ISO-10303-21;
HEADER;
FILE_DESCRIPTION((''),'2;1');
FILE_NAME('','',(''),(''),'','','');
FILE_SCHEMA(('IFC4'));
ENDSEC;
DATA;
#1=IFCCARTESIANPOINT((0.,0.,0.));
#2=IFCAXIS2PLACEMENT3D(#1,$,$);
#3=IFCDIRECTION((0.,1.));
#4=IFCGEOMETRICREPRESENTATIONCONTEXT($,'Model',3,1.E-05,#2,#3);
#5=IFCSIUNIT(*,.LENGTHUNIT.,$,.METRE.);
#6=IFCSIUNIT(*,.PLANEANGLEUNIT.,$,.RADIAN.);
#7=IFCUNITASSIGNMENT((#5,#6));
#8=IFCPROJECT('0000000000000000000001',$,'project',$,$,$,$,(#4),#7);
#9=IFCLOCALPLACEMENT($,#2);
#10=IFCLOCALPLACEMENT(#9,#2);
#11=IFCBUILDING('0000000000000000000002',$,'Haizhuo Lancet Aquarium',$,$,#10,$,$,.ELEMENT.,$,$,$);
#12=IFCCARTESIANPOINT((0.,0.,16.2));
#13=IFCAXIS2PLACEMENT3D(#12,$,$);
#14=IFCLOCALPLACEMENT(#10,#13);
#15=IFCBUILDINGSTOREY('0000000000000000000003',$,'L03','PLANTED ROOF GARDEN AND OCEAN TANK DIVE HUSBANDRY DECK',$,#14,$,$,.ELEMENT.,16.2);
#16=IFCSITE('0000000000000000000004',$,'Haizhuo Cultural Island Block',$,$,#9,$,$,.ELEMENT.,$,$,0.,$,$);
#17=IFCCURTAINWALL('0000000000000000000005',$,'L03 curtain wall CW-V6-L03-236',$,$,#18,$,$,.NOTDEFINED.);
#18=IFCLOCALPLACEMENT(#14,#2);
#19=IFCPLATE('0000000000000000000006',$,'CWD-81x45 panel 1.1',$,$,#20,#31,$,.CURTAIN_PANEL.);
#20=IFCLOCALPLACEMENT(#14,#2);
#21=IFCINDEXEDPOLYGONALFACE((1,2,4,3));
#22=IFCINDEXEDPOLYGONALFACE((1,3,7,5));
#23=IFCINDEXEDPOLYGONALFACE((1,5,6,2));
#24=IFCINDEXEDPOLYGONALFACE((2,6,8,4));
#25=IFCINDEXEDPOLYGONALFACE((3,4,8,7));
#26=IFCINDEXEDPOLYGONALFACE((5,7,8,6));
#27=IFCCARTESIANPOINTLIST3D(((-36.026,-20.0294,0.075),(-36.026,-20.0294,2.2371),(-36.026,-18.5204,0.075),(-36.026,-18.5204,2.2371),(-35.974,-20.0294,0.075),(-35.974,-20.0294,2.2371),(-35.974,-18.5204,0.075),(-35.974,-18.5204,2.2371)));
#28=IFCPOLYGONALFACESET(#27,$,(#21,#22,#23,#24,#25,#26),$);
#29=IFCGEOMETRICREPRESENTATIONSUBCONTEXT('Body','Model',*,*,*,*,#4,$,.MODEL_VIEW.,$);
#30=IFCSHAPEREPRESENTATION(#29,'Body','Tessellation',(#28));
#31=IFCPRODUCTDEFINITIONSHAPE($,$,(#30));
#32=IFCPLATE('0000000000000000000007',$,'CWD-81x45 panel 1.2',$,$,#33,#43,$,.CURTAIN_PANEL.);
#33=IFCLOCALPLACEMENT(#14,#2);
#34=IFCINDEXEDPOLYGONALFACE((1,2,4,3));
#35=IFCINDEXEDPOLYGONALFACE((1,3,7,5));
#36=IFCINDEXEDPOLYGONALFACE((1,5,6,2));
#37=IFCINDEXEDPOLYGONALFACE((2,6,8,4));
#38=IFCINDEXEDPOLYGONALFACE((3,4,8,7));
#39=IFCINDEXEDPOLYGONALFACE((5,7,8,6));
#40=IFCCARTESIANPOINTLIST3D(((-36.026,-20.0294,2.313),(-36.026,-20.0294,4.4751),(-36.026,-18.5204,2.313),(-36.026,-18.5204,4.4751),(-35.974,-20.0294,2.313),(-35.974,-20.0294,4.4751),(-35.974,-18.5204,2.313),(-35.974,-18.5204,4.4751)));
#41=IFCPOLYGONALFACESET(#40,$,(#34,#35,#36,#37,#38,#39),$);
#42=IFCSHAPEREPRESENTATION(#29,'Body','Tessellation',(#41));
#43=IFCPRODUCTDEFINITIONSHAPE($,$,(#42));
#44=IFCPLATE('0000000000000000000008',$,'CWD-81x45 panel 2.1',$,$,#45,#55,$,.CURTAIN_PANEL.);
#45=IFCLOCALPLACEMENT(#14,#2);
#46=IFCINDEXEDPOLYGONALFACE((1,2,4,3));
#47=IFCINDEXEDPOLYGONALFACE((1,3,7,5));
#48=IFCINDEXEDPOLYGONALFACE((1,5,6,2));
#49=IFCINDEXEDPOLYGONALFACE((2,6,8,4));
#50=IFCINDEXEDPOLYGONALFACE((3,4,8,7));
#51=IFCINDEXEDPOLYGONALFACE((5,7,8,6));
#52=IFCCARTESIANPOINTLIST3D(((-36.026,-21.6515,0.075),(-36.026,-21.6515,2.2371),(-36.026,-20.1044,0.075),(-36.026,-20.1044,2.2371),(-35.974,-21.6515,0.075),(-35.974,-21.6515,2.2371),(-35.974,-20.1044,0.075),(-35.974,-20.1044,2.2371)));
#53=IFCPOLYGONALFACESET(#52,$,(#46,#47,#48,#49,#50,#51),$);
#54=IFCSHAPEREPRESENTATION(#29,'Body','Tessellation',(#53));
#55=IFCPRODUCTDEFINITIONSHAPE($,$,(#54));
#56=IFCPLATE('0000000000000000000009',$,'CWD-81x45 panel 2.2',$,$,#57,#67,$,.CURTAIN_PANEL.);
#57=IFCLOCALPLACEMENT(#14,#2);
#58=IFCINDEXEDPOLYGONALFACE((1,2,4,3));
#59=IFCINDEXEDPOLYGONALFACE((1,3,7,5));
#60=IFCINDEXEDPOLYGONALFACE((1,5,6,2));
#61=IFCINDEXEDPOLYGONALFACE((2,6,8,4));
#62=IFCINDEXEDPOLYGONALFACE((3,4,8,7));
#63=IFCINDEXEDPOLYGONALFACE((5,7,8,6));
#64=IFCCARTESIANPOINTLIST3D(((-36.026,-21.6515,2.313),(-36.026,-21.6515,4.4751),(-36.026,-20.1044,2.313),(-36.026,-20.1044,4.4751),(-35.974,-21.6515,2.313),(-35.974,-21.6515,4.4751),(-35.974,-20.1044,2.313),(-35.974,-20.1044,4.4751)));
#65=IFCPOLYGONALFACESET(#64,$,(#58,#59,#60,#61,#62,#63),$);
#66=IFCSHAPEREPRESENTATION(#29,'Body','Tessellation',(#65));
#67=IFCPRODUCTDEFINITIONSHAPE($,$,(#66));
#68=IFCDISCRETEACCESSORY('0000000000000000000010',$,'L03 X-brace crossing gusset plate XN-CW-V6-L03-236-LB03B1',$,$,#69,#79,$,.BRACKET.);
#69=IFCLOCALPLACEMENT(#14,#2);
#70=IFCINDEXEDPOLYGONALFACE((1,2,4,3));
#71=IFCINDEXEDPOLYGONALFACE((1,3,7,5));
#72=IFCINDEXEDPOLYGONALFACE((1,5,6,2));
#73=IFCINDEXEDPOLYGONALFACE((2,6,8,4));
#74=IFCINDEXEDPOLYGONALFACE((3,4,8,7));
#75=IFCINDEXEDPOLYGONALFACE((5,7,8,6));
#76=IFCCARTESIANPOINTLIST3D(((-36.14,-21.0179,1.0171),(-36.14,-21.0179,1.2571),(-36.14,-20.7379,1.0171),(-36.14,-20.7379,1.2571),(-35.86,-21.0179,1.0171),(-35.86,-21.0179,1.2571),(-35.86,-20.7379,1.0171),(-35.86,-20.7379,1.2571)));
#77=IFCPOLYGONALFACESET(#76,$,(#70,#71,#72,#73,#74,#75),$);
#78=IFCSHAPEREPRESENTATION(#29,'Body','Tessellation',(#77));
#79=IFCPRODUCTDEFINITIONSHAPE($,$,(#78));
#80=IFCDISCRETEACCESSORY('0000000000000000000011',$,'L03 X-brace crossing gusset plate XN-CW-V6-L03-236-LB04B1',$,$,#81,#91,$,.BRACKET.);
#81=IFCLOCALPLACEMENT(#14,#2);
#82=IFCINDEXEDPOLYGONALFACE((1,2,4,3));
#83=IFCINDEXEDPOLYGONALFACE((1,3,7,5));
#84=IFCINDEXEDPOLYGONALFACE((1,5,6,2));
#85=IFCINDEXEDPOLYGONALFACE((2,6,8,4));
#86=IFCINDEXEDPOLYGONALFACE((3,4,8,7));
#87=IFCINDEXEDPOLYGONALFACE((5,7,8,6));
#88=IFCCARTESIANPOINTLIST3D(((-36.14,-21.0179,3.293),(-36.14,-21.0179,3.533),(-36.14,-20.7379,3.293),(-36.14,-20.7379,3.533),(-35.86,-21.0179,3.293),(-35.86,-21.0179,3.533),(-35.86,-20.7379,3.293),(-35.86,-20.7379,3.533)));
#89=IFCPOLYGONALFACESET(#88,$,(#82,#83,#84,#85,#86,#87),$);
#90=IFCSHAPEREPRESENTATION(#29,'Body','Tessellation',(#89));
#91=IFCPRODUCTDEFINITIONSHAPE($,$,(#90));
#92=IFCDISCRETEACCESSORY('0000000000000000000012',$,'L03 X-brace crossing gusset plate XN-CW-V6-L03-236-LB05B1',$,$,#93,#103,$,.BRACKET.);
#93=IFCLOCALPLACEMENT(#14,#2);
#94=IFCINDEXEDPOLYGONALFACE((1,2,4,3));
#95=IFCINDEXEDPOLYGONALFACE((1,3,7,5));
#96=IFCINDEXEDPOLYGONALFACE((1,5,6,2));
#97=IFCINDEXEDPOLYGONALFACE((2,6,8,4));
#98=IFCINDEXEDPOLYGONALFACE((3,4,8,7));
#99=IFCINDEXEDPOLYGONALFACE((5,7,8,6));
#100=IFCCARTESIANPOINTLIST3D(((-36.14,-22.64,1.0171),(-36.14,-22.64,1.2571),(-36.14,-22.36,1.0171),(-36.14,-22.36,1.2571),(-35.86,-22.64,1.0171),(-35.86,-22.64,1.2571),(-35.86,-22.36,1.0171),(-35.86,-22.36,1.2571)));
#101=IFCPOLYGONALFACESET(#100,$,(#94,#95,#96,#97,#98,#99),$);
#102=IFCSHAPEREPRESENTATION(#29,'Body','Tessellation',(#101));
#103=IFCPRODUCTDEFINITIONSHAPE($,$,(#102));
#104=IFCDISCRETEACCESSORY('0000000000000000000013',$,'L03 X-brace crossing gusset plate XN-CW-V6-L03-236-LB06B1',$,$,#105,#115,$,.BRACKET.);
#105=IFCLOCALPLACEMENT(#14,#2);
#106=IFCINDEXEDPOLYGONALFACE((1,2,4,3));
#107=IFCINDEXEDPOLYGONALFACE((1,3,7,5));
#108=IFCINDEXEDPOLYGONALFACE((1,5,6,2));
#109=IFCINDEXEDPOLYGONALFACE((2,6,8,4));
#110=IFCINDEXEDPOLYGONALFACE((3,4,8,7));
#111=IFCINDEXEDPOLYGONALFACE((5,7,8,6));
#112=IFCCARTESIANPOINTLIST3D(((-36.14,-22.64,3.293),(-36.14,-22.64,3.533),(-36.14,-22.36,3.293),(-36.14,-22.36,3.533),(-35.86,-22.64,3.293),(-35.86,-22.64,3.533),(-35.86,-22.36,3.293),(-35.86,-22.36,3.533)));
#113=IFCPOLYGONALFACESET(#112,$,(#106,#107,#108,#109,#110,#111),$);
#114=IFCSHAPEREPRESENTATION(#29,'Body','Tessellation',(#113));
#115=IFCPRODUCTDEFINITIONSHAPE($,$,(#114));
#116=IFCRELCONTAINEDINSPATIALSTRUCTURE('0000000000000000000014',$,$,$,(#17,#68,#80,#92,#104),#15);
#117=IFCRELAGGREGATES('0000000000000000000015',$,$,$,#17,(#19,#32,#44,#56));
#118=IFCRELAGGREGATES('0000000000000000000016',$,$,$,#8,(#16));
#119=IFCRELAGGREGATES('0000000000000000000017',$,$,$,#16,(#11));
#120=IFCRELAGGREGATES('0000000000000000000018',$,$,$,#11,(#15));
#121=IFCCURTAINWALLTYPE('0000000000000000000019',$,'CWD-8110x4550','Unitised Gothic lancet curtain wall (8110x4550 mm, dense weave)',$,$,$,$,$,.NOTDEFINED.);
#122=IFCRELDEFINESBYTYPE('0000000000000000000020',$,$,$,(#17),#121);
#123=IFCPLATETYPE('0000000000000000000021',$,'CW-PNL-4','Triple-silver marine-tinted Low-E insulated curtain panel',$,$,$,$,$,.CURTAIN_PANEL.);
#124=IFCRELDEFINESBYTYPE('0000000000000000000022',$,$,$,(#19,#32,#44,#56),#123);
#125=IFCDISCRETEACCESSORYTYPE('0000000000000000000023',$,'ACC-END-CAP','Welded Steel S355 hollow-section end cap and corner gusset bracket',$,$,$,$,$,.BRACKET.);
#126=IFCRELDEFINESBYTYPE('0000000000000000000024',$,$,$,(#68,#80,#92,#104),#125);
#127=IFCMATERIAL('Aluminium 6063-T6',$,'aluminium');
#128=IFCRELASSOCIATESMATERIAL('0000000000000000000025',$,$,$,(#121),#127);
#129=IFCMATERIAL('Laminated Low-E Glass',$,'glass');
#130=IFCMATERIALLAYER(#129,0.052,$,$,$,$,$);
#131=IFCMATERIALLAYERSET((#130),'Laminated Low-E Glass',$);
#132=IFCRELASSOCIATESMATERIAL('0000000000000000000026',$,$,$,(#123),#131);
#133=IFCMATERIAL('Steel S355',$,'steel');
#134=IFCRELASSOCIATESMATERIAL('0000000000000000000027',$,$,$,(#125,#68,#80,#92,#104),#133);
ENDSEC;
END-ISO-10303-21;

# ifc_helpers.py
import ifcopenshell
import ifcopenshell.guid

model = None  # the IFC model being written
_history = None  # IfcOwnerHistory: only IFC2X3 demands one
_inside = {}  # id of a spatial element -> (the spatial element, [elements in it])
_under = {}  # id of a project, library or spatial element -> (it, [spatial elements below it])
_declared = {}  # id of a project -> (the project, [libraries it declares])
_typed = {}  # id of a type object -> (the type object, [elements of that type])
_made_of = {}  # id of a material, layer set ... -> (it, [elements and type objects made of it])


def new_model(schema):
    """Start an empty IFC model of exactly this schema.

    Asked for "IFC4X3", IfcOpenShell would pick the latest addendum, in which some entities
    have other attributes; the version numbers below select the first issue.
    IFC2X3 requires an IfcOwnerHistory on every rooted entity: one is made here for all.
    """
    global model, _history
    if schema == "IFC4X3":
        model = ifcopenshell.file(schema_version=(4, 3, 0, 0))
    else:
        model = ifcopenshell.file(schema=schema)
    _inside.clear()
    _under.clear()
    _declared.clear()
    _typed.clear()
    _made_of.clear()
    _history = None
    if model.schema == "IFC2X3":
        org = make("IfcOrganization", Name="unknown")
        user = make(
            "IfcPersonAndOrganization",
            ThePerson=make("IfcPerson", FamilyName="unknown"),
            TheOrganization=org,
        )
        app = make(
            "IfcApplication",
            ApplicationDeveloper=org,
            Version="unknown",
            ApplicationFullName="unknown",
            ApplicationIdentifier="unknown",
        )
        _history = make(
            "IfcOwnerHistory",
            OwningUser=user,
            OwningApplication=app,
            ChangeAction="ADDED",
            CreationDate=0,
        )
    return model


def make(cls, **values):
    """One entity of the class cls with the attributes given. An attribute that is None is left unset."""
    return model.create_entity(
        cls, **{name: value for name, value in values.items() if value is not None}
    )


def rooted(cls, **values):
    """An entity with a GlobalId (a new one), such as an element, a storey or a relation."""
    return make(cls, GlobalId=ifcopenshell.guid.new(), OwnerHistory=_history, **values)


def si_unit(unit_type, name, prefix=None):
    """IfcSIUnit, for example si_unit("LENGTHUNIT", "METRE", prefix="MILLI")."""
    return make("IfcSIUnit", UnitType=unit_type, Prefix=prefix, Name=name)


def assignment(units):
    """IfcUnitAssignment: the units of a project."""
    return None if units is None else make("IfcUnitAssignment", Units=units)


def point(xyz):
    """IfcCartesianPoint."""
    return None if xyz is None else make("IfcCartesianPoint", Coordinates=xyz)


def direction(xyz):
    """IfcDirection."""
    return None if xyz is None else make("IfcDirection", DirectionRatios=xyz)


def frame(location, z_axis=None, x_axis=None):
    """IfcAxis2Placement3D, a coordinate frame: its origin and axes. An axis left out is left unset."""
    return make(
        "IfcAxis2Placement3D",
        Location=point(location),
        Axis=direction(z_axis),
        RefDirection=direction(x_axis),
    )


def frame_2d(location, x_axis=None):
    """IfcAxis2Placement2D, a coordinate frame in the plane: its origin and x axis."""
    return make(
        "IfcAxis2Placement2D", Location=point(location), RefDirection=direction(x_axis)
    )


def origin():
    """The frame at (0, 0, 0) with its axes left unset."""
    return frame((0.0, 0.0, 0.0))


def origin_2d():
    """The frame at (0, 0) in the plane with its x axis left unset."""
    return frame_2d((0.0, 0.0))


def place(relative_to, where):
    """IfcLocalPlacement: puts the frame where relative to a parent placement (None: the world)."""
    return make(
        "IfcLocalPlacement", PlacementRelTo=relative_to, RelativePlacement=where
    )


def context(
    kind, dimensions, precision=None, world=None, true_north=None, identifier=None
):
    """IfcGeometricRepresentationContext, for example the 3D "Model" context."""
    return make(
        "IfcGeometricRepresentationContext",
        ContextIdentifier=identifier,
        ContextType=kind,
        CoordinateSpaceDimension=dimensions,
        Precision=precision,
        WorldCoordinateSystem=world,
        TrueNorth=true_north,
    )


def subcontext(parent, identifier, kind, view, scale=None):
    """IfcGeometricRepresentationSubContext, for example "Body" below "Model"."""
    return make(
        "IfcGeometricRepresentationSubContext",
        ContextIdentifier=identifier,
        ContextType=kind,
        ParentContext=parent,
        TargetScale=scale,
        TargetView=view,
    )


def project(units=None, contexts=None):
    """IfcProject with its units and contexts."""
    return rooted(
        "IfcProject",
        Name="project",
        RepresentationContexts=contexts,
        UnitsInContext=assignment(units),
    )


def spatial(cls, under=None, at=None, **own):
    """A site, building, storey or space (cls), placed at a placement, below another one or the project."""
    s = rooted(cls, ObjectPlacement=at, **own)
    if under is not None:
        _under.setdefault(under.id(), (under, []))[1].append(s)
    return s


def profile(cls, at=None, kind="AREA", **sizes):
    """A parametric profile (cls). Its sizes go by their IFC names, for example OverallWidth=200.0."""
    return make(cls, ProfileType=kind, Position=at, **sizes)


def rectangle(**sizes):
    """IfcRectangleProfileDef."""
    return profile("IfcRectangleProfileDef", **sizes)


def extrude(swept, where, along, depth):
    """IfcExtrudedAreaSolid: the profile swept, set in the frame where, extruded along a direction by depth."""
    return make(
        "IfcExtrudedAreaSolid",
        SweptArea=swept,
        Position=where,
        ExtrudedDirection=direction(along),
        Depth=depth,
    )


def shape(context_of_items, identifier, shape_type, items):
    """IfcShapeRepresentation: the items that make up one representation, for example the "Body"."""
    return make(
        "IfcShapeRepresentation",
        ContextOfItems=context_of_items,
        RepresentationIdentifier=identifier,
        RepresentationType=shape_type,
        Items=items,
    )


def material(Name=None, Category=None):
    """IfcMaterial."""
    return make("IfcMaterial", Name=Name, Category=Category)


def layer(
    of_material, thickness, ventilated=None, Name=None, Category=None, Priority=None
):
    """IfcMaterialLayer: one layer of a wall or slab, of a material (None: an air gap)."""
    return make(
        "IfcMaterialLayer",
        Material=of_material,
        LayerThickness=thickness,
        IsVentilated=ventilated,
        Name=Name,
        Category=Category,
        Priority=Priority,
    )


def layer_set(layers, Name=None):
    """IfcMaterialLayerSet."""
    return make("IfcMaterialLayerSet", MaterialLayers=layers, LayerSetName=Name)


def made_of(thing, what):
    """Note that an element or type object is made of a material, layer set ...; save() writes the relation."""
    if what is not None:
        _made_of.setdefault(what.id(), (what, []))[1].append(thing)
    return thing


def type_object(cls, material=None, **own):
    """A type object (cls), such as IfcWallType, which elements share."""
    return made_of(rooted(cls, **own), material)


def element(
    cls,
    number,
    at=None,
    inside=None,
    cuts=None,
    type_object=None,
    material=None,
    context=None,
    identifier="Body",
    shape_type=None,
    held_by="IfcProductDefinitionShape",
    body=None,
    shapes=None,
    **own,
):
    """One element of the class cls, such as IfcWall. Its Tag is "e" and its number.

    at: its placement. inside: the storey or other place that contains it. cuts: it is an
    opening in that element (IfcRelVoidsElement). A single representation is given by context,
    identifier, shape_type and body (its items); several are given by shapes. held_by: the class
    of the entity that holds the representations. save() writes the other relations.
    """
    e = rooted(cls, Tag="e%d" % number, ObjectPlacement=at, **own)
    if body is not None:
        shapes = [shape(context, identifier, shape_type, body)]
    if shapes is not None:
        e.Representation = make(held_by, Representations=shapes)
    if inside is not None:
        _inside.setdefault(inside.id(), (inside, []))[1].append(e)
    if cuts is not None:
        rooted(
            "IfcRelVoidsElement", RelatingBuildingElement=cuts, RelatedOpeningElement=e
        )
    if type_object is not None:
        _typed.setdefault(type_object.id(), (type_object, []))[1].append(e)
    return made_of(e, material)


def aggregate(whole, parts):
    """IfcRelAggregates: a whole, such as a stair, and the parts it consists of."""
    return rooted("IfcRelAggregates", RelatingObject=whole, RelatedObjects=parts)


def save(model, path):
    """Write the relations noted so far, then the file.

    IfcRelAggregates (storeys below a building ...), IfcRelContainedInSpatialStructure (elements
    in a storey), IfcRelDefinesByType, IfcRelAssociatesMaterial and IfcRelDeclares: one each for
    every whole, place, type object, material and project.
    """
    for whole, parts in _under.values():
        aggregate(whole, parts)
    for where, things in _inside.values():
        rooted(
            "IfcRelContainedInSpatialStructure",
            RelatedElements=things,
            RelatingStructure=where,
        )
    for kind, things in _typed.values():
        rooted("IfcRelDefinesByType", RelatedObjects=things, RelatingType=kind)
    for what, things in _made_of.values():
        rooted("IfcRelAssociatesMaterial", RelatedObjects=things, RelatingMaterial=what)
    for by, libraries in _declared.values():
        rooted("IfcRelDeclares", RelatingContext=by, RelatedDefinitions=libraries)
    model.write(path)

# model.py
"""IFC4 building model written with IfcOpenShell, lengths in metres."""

from ifc_helpers import new_model, si_unit, direction, frame, origin, origin_2d, place, context, subcontext, project, spatial, rectangle, extrude, material, layer, layer_set, type_object, element, aggregate, save


model = new_model("IFC4")

# Units and contexts
model_context = context("Model", 3, precision=1e-05, world=origin(), true_north=direction((0.0, 1.0)))
body_context = subcontext(model_context, "Body", "Model", "MODEL_VIEW")
ifc_project = project(units=[si_unit("LENGTHUNIT", "METRE"), si_unit("PLANEANGLEUNIT", "RADIAN")], contexts=[model_context])

# Site, building, storey
site_placement = place(None, origin())
site = spatial("IfcSite", under=ifc_project, at=site_placement, Name="Haizhuo Cultural Island Block", CompositionType="ELEMENT", RefElevation=0.0)
building_placement = place(site_placement, origin())
building = spatial("IfcBuilding", under=site, at=building_placement, Name="Haizhuo Lancet Aquarium", CompositionType="ELEMENT")
storey_placement = place(building_placement, frame((0.0, 0.0, 16.2)))
storey = spatial("IfcBuildingStorey", under=building, at=storey_placement, Name="L03", Description="PLANTED ROOF GARDEN AND OCEAN TANK DIVE HUSBANDRY DECK", CompositionType="ELEMENT", Elevation=16.2)

# Curtain wall
ifc_material_1 = material(Name="Aluminium 6063-T6", Category="aluminium")
curtain_wall_type = type_object("IfcCurtainWallType", Name="CWD-8110x4550", Description="Unitised Gothic lancet curtain wall (8110x4550 mm, dense weave)", PredefinedType="NOTDEFINED", material=ifc_material_1)
curtain_wall_placement = place(storey_placement, origin())
curtain_wall = element("IfcCurtainWall", 1, at=curtain_wall_placement, inside=storey, type_object=curtain_wall_type, Name="L03 curtain wall CW-V6-L03-236", PredefinedType="NOTDEFINED")

# Shared definitions
ifc_material_2 = material(Name="Steel S355", Category="steel")

# Plates
ifc_material_3 = material(Name="Laminated Low-E Glass", Category="glass")
ifc_layer = layer(ifc_material_3, 0.052)
ifc_layer_set = layer_set([ifc_layer], Name="Laminated Low-E Glass")
plate_type = type_object("IfcPlateType", Name="CW-PNL-4", Description="Triple-silver marine-tinted Low-E insulated curtain panel", PredefinedType="CURTAIN_PANEL", material=ifc_layer_set)
plate_1_placement = place(storey_placement, frame((-36.0, -19.2749, 0.075), z_axis=(0.0, 0.0, 1.0), x_axis=(0.0, -1.0, 0.0)))
plate_1 = element("IfcPlate", 2, at=plate_1_placement, type_object=plate_type, Name="CWD-81x45 panel 1.1", PredefinedType="CURTAIN_PANEL", context=body_context, shape_type="SweptSolid", body=[
    extrude(rectangle(XDim=1.509, YDim=0.052, at=origin_2d()), origin(), (0.0, 0.0, 1.0), 2.1621),
])
plate_2_placement = place(storey_placement, frame((-36.0, -19.2749, 2.313), z_axis=(0.0, 0.0, 1.0), x_axis=(0.0, -1.0, 0.0)))
plate_2 = element("IfcPlate", 3, at=plate_2_placement, type_object=plate_type, Name="CWD-81x45 panel 1.2", PredefinedType="CURTAIN_PANEL", context=body_context, shape_type="SweptSolid", body=[
    extrude(rectangle(XDim=1.509, YDim=0.052, at=origin_2d()), origin(), (0.0, 0.0, 1.0), 2.1621),
])
plate_3_placement = place(storey_placement, frame((-36.0, -20.8779, 0.075), z_axis=(0.0, 0.0, 1.0), x_axis=(0.0, -1.0, 0.0)))
plate_3 = element("IfcPlate", 4, at=plate_3_placement, type_object=plate_type, Name="CWD-81x45 panel 2.1", PredefinedType="CURTAIN_PANEL", context=body_context, shape_type="SweptSolid", body=[
    extrude(rectangle(XDim=1.5471, YDim=0.052, at=origin_2d()), origin(), (0.0, 0.0, 1.0), 2.1621),
])
plate_4_placement = place(storey_placement, frame((-36.0, -20.8779, 2.313), z_axis=(0.0, 0.0, 1.0), x_axis=(0.0, -1.0, 0.0)))
plate_4 = element("IfcPlate", 5, at=plate_4_placement, type_object=plate_type, Name="CWD-81x45 panel 2.2", PredefinedType="CURTAIN_PANEL", context=body_context, shape_type="SweptSolid", body=[
    extrude(rectangle(XDim=1.5471, YDim=0.052, at=origin_2d()), origin(), (0.0, 0.0, 1.0), 2.1621),
])
aggregate(curtain_wall, [plate_1, plate_2, plate_3, plate_4])

# Discrete accessories
discrete_accessory_type = type_object("IfcDiscreteAccessoryType", Name="ACC-END-CAP", Description="Welded Steel S355 hollow-section end cap and corner gusset bracket", PredefinedType="BRACKET", material=ifc_material_2)
for number, where, z_axis, x_axis, name in (
    (6, (-36.0, -20.8779, 1.0171), (0.0, 0.0, 1.0), (1.0, 0.0, 0.0), "L03 X-brace crossing gusset plate XN-CW-V6-L03-236-LB03B1"),
    (7, (-36.0, -20.8779, 3.293), (0.0, 0.0, 1.0), (1.0, 0.0, 0.0), "L03 X-brace crossing gusset plate XN-CW-V6-L03-236-LB04B1"),
    (8, (-36.0, -22.5, 1.0171), (0.0, 0.0, 1.0), (1.0, 0.0, 0.0), "L03 X-brace crossing gusset plate XN-CW-V6-L03-236-LB05B1"),
    (9, (-36.0, -22.5, 3.293), (0.0, 0.0, 1.0), (1.0, 0.0, 0.0), "L03 X-brace crossing gusset plate XN-CW-V6-L03-236-LB06B1"),
):
    element("IfcDiscreteAccessory", number, at=place(storey_placement, frame(where, z_axis=z_axis, x_axis=x_axis)), inside=storey, type_object=discrete_accessory_type, material=ifc_material_2, Name=name, PredefinedType="BRACKET", context=body_context, shape_type="SweptSolid", body=[
        extrude(rectangle(XDim=0.28, YDim=0.28, at=origin_2d()), origin(), (0.0, 0.0, 1.0), 0.24),
    ])

save(model, "model.ifc")
